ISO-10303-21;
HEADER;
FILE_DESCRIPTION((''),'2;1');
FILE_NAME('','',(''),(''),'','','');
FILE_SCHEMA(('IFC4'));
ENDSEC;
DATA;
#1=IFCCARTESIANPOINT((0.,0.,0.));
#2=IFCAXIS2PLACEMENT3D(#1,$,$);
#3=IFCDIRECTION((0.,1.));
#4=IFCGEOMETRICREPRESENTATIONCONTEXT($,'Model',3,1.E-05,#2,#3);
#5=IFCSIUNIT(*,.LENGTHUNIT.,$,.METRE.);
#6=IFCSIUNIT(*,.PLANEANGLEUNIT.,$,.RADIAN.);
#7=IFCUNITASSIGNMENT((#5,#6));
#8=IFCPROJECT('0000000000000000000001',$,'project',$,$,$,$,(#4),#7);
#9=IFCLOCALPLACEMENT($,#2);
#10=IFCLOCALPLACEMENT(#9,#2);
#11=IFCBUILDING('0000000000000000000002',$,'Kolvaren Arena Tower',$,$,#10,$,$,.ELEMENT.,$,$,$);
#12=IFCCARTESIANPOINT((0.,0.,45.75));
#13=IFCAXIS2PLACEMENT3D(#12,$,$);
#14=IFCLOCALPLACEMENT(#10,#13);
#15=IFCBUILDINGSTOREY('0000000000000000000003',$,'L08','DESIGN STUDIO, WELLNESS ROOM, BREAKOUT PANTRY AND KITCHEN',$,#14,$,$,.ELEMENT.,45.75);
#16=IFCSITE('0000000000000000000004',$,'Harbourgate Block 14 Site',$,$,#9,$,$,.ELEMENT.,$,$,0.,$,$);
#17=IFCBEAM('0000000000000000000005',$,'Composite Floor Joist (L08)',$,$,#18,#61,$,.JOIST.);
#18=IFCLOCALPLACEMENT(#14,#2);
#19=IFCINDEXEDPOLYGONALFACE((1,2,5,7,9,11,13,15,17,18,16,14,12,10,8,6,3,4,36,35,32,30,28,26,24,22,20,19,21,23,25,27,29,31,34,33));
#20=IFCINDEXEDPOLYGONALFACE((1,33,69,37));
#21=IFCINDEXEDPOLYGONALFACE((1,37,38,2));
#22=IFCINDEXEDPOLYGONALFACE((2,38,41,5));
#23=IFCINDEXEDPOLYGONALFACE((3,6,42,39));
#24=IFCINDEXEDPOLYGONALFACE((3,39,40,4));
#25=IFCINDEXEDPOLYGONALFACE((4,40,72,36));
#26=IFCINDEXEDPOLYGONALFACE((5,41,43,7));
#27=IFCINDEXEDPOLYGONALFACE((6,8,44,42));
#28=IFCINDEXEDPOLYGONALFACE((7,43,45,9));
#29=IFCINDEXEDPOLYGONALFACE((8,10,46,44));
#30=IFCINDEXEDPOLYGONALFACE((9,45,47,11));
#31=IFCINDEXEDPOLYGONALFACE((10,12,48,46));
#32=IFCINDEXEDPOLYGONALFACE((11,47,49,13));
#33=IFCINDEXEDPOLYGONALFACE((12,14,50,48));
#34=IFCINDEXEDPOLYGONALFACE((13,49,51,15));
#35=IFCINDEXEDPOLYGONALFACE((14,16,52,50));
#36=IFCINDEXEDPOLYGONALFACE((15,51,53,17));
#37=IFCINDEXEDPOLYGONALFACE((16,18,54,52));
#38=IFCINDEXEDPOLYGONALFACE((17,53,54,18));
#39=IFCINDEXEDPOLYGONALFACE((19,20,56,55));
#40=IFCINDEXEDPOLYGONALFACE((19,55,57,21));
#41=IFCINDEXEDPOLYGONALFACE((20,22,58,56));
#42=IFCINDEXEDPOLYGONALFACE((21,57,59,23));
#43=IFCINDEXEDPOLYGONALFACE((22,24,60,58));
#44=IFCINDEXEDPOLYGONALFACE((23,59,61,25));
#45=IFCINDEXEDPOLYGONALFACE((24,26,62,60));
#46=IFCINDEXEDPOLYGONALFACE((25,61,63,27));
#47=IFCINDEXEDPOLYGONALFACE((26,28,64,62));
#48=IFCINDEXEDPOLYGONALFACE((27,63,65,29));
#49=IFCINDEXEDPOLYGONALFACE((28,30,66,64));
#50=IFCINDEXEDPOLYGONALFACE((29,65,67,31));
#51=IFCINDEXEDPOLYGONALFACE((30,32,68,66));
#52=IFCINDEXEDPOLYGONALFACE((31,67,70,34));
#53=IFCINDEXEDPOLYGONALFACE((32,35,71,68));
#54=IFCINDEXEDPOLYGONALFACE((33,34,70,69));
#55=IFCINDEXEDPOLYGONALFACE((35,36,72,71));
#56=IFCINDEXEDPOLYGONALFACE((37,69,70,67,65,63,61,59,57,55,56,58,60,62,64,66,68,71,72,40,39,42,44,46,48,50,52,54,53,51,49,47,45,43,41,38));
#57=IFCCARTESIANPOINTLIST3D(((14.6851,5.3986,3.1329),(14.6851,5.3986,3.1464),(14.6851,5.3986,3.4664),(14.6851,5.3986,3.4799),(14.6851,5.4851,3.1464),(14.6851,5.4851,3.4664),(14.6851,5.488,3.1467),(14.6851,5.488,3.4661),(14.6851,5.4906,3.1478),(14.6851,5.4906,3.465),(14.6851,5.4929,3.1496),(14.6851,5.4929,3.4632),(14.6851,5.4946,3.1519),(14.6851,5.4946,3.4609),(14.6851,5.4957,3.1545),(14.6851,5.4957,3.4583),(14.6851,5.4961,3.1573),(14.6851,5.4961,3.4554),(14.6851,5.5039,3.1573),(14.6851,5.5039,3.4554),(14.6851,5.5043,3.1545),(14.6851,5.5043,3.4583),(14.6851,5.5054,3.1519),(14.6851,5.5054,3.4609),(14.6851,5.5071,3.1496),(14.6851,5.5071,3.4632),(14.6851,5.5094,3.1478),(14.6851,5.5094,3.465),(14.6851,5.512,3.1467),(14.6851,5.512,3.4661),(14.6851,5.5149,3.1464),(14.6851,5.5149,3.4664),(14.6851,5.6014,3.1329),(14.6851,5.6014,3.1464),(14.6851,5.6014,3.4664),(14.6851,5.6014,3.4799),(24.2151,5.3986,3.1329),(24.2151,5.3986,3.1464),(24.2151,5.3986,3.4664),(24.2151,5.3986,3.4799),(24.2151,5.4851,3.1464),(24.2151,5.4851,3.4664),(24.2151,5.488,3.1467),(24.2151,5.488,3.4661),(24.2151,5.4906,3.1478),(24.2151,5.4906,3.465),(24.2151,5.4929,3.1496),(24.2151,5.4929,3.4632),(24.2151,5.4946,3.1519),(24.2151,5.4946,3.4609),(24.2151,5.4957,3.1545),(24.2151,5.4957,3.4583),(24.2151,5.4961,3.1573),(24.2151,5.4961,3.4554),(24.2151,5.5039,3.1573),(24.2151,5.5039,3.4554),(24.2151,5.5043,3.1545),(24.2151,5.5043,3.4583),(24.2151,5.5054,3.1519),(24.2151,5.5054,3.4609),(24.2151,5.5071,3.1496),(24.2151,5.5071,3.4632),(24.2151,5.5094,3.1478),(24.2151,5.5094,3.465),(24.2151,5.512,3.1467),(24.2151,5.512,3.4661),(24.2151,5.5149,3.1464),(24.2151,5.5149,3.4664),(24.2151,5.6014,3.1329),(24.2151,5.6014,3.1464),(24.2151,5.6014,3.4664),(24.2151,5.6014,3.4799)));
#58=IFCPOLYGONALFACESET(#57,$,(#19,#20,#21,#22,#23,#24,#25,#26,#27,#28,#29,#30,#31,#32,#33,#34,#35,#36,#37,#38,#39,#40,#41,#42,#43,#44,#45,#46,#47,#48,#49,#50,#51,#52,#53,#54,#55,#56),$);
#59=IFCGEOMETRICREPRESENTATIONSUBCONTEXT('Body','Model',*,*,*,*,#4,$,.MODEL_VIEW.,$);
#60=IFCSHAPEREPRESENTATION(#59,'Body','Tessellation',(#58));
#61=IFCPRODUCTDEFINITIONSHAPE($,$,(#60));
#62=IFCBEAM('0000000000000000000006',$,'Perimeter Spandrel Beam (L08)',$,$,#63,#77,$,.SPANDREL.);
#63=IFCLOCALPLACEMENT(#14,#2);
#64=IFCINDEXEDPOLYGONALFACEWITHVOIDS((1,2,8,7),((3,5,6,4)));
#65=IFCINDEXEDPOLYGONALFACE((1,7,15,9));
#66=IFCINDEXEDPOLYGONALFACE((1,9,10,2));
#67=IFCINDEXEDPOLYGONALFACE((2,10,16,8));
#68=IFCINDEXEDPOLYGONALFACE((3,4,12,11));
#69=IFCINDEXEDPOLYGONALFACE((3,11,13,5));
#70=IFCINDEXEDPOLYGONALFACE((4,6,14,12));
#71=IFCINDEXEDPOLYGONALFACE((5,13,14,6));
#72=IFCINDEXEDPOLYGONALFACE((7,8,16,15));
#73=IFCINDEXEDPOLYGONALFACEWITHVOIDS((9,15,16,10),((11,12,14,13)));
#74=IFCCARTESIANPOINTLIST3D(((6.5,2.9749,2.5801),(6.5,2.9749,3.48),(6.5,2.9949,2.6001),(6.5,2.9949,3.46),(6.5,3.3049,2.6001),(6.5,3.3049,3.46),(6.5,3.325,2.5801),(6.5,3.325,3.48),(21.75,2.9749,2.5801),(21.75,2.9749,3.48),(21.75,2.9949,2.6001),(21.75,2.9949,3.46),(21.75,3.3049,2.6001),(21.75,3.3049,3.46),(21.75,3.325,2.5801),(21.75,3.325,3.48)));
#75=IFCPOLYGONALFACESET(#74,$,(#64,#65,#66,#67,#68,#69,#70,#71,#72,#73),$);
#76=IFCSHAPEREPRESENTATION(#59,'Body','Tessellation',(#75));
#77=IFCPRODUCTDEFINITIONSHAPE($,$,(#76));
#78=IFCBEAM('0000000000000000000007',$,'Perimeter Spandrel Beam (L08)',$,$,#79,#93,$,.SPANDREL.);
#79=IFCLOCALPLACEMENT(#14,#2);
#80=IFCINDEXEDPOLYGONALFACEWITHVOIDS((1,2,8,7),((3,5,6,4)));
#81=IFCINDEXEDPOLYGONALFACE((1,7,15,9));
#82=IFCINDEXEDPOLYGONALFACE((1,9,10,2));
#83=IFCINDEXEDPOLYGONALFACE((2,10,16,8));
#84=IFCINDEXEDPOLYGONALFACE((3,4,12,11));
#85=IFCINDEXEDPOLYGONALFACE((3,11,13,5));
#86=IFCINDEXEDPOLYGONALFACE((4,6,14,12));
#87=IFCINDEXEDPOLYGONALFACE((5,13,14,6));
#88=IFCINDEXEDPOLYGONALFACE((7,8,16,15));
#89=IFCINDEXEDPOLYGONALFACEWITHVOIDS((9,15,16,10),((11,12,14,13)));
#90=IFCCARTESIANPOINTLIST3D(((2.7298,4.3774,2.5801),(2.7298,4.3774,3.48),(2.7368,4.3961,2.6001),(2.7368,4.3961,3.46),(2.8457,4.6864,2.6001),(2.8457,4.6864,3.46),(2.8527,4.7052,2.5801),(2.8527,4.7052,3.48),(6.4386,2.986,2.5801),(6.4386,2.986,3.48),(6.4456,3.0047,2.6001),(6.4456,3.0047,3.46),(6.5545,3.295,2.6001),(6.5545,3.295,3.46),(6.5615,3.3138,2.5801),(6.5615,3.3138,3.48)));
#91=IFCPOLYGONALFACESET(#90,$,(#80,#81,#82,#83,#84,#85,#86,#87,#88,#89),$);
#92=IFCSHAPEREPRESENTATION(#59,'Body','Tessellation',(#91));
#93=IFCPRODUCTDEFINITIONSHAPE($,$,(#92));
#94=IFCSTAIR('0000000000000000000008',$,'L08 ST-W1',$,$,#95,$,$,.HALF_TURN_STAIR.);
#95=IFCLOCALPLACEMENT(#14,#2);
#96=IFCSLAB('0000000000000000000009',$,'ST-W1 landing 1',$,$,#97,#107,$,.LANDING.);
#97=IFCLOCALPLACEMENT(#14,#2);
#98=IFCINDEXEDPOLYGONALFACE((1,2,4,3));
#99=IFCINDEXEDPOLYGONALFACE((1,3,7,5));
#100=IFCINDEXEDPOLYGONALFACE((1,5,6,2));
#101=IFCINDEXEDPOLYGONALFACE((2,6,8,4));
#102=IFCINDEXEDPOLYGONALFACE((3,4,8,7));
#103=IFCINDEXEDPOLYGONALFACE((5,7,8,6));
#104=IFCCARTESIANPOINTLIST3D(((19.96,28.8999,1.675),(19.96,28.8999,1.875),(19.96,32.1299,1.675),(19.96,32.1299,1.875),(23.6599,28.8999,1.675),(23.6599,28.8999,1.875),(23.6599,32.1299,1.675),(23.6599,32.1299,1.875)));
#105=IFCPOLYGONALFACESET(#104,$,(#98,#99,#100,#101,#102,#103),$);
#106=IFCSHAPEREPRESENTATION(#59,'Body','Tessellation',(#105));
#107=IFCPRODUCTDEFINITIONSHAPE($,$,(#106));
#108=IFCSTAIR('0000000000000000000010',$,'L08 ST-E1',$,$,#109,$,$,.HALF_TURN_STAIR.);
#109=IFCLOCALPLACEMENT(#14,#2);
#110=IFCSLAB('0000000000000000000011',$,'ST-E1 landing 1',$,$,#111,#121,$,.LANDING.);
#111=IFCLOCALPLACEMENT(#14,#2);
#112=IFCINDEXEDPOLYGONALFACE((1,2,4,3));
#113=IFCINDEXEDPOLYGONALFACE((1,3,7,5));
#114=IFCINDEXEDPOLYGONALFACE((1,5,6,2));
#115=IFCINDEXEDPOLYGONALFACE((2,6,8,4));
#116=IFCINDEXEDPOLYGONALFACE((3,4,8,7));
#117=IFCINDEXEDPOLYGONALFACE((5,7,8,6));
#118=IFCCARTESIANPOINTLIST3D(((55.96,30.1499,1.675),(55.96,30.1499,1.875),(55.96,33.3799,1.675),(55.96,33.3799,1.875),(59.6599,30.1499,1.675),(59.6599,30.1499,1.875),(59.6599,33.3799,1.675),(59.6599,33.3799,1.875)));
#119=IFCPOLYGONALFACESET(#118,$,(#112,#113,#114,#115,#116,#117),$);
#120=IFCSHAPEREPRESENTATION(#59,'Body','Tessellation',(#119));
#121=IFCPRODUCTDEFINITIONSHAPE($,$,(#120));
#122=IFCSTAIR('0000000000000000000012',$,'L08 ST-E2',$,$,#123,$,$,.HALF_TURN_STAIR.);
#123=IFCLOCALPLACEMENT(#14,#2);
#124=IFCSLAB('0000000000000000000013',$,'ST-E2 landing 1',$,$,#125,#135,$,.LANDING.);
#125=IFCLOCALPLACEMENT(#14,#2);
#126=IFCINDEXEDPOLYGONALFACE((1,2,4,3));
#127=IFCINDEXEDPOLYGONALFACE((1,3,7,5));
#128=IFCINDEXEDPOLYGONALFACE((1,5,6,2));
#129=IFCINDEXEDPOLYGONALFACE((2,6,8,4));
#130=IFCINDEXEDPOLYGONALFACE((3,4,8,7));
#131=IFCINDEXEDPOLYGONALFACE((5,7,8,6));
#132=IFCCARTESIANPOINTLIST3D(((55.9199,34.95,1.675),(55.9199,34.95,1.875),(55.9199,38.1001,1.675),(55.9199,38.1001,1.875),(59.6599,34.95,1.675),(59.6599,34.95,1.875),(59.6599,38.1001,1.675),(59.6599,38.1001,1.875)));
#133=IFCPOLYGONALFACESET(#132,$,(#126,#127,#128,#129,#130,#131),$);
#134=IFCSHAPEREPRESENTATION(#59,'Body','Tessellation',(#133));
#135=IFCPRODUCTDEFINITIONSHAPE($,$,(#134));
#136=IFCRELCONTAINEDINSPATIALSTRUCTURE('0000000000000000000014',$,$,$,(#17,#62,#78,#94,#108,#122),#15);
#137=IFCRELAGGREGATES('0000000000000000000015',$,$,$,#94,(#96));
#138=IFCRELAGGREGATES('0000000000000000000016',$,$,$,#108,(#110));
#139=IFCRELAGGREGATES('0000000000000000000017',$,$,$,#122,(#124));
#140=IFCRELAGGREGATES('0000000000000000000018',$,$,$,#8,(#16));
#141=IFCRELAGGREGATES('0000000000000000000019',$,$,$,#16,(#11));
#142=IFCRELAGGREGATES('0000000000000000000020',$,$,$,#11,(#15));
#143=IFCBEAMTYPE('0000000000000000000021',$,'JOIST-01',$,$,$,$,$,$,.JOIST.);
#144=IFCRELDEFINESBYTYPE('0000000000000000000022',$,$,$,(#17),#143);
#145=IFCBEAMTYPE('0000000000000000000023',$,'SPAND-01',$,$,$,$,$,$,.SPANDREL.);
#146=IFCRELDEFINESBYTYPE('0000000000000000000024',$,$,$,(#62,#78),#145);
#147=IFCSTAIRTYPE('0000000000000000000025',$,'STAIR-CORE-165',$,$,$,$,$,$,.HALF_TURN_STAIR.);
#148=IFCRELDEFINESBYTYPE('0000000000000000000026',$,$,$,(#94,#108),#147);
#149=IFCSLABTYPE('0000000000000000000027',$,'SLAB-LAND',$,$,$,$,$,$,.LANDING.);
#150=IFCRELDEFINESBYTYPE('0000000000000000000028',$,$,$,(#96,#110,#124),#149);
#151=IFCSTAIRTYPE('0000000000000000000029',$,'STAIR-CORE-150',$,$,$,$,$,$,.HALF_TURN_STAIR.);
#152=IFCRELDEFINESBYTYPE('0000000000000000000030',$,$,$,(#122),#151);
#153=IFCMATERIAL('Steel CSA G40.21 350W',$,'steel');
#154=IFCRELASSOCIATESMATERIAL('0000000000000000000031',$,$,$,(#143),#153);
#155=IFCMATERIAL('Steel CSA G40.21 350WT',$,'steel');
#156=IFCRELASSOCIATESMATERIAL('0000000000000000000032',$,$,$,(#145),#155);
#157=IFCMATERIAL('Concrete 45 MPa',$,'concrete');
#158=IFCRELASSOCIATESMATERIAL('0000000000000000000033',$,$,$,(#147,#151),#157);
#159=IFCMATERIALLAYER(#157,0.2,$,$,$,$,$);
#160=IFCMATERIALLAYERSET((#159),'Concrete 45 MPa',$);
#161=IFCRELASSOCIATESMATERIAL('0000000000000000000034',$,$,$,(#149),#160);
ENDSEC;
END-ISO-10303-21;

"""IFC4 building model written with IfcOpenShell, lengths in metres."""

from ifc_helpers import new_model, si_unit, direction, frame, origin, origin_2d, place, context, subcontext, project, spatial, polyline, hollow_rectangle, i_section, outline, extrude, material, layer, layer_set, material_profile, profile_set, type_object, element, aggregate, save


model = new_model("IFC4")

# Units and contexts
model_context = context("Model", 3, precision=1e-05, world=origin(), true_north=direction((0.0, 1.0)))
body_context = subcontext(model_context, "Body", "Model", "MODEL_VIEW")
ifc_project = project(units=[si_unit("LENGTHUNIT", "METRE"), si_unit("PLANEANGLEUNIT", "RADIAN")], contexts=[model_context])

# Site, building, storey
site_placement = place(None, origin())
site = spatial("IfcSite", under=ifc_project, at=site_placement, Name="Harbourgate Block 14 Site", CompositionType="ELEMENT", RefElevation=0.0)
building_placement = place(site_placement, origin())
building = spatial("IfcBuilding", under=site, at=building_placement, Name="Kolvaren Arena Tower", CompositionType="ELEMENT")
storey_placement = place(building_placement, frame((0.0, 0.0, 45.75)))
storey = spatial("IfcBuildingStorey", under=building, at=storey_placement, Name="L08", Description="DESIGN STUDIO, WELLNESS ROOM, BREAKOUT PANTRY AND KITCHEN", CompositionType="ELEMENT", Elevation=45.75)

# Beams
ifc_material_1 = material(Name="Steel CSA G40.21 350W", Category="steel")
ifc_material_profile_1 = material_profile(ifc_material_1, i_section(OverallWidth=0.2029, OverallDepth=0.3469, WebThickness=0.0078, FlangeThickness=0.0134, FilletRadius=0.011, at=origin_2d()), Name="W360x64")
ifc_profile_set_1 = profile_set([ifc_material_profile_1], Name="Steel CSA G40.21 350W")
beam_type_1 = type_object("IfcBeamType", Name="JOIST-01", PredefinedType="JOIST", material=ifc_profile_set_1)
beam_1_placement = place(storey_placement, frame((14.6851, 5.5, 3.3064), z_axis=(1.0, 0.0, 0.0), x_axis=(0.0, 1.0, 0.0)))
element("IfcBeam", 1, at=beam_1_placement, inside=storey, type_object=beam_type_1, Name="Composite Floor Joist (L08)", PredefinedType="JOIST", context=body_context, shape_type="SweptSolid", body=[
    extrude(i_section(OverallWidth=0.2029, OverallDepth=0.3469, WebThickness=0.0078, FlangeThickness=0.0134, FilletRadius=0.011, at=origin_2d()), origin(), (0.0, 0.0, 1.0), 9.53),
])
ifc_material_2 = material(Name="Steel CSA G40.21 350WT", Category="steel")
ifc_material_profile_2 = material_profile(ifc_material_2, hollow_rectangle(XDim=0.3501, YDim=0.8999, WallThickness=0.02, at=origin_2d()), Name="HSS 900x350x20")
ifc_profile_set_2 = profile_set([ifc_material_profile_2], Name="Steel CSA G40.21 350WT")
beam_type_2 = type_object("IfcBeamType", Name="SPAND-01", PredefinedType="SPANDREL", material=ifc_profile_set_2)
beam_2_placement = place(storey_placement, frame((6.5, 3.1499, 3.03), z_axis=(1.0, 0.0, 0.0), x_axis=(0.0, 1.0, 0.0)))
element("IfcBeam", 2, at=beam_2_placement, inside=storey, type_object=beam_type_2, Name="Perimeter Spandrel Beam (L08)", PredefinedType="SPANDREL", context=body_context, shape_type="SweptSolid", body=[
    extrude(hollow_rectangle(XDim=0.3501, YDim=0.8999, WallThickness=0.02, at=origin_2d()), origin(), (0.0, 0.0, 1.0), 15.25),
])
beam_3_placement = place(storey_placement, frame((2.7913, 4.5413, 3.03), z_axis=(0.936281, -0.351252, 0.0), x_axis=(0.351252, 0.936281, 0.0)))
element("IfcBeam", 3, at=beam_3_placement, inside=storey, type_object=beam_type_2, Name="Perimeter Spandrel Beam (L08)", PredefinedType="SPANDREL", context=body_context, shape_type="SweptSolid", body=[
    extrude(hollow_rectangle(XDim=0.3501, YDim=0.8999, WallThickness=0.02, at=origin_2d()), origin(), (0.0, 0.0, 1.0), 3.9612),
])

# Stairs, slabs
ifc_material_3 = material(Name="Concrete 45 MPa", Category="concrete")
stair_type_1 = type_object("IfcStairType", Name="STAIR-CORE-165", PredefinedType="HALF_TURN_STAIR", material=ifc_material_3)
stair_1_placement = place(storey_placement, origin())
stair_1 = element("IfcStair", 4, at=stair_1_placement, inside=storey, type_object=stair_type_1, Name="L08 ST-W1", PredefinedType="HALF_TURN_STAIR")
ifc_layer_1 = layer(ifc_material_3, 0.2)
ifc_layer_set_1 = layer_set([ifc_layer_1], Name="Concrete 45 MPa")
slab_type_1 = type_object("IfcSlabType", Name="SLAB-LAND", PredefinedType="LANDING", material=ifc_layer_set_1)
slab_1_placement = place(storey_placement, frame((0.0, 0.0, 1.675)))
slab_1 = element("IfcSlab", 5, at=slab_1_placement, type_object=slab_type_1, Name="ST-W1 landing 1", PredefinedType="LANDING", context=body_context, shape_type="SweptSolid", body=[
    extrude(outline(polyline([(19.96, 28.8999), (23.6599, 28.8999), (23.6599, 32.1299), (19.96, 32.1299), (19.96, 28.8999)])), origin(), (0.0, 0.0, 1.0), 0.2),
])
aggregate(stair_1, [slab_1])
stair_2_placement = place(storey_placement, origin())
stair_2 = element("IfcStair", 6, at=stair_2_placement, inside=storey, type_object=stair_type_1, Name="L08 ST-E1", PredefinedType="HALF_TURN_STAIR")
slab_2_placement = place(storey_placement, frame((0.0, 0.0, 1.675)))
slab_2 = element("IfcSlab", 7, at=slab_2_placement, type_object=slab_type_1, Name="ST-E1 landing 1", PredefinedType="LANDING", context=body_context, shape_type="SweptSolid", body=[
    extrude(outline(polyline([(55.96, 30.1499), (59.6599, 30.1499), (59.6599, 33.3799), (55.96, 33.3799), (55.96, 30.1499)])), origin(), (0.0, 0.0, 1.0), 0.2),
])
aggregate(stair_2, [slab_2])
stair_type_2 = type_object("IfcStairType", Name="STAIR-CORE-150", PredefinedType="HALF_TURN_STAIR", material=ifc_material_3)
stair_3_placement = place(storey_placement, origin())
stair_3 = element("IfcStair", 8, at=stair_3_placement, inside=storey, type_object=stair_type_2, Name="L08 ST-E2", PredefinedType="HALF_TURN_STAIR")
slab_3_placement = place(storey_placement, frame((0.0, 0.0, 1.675)))
slab_3 = element("IfcSlab", 9, at=slab_3_placement, type_object=slab_type_1, Name="ST-E2 landing 1", PredefinedType="LANDING", context=body_context, shape_type="SweptSolid", body=[
    extrude(outline(polyline([(55.9199, 34.95), (59.6599, 34.95), (59.6599, 38.1001), (55.9199, 38.1001), (55.9199, 34.95)])), origin(), (0.0, 0.0, 1.0), 0.2),
])
aggregate(stair_3, [slab_3])

save(model, "model.ifc")
